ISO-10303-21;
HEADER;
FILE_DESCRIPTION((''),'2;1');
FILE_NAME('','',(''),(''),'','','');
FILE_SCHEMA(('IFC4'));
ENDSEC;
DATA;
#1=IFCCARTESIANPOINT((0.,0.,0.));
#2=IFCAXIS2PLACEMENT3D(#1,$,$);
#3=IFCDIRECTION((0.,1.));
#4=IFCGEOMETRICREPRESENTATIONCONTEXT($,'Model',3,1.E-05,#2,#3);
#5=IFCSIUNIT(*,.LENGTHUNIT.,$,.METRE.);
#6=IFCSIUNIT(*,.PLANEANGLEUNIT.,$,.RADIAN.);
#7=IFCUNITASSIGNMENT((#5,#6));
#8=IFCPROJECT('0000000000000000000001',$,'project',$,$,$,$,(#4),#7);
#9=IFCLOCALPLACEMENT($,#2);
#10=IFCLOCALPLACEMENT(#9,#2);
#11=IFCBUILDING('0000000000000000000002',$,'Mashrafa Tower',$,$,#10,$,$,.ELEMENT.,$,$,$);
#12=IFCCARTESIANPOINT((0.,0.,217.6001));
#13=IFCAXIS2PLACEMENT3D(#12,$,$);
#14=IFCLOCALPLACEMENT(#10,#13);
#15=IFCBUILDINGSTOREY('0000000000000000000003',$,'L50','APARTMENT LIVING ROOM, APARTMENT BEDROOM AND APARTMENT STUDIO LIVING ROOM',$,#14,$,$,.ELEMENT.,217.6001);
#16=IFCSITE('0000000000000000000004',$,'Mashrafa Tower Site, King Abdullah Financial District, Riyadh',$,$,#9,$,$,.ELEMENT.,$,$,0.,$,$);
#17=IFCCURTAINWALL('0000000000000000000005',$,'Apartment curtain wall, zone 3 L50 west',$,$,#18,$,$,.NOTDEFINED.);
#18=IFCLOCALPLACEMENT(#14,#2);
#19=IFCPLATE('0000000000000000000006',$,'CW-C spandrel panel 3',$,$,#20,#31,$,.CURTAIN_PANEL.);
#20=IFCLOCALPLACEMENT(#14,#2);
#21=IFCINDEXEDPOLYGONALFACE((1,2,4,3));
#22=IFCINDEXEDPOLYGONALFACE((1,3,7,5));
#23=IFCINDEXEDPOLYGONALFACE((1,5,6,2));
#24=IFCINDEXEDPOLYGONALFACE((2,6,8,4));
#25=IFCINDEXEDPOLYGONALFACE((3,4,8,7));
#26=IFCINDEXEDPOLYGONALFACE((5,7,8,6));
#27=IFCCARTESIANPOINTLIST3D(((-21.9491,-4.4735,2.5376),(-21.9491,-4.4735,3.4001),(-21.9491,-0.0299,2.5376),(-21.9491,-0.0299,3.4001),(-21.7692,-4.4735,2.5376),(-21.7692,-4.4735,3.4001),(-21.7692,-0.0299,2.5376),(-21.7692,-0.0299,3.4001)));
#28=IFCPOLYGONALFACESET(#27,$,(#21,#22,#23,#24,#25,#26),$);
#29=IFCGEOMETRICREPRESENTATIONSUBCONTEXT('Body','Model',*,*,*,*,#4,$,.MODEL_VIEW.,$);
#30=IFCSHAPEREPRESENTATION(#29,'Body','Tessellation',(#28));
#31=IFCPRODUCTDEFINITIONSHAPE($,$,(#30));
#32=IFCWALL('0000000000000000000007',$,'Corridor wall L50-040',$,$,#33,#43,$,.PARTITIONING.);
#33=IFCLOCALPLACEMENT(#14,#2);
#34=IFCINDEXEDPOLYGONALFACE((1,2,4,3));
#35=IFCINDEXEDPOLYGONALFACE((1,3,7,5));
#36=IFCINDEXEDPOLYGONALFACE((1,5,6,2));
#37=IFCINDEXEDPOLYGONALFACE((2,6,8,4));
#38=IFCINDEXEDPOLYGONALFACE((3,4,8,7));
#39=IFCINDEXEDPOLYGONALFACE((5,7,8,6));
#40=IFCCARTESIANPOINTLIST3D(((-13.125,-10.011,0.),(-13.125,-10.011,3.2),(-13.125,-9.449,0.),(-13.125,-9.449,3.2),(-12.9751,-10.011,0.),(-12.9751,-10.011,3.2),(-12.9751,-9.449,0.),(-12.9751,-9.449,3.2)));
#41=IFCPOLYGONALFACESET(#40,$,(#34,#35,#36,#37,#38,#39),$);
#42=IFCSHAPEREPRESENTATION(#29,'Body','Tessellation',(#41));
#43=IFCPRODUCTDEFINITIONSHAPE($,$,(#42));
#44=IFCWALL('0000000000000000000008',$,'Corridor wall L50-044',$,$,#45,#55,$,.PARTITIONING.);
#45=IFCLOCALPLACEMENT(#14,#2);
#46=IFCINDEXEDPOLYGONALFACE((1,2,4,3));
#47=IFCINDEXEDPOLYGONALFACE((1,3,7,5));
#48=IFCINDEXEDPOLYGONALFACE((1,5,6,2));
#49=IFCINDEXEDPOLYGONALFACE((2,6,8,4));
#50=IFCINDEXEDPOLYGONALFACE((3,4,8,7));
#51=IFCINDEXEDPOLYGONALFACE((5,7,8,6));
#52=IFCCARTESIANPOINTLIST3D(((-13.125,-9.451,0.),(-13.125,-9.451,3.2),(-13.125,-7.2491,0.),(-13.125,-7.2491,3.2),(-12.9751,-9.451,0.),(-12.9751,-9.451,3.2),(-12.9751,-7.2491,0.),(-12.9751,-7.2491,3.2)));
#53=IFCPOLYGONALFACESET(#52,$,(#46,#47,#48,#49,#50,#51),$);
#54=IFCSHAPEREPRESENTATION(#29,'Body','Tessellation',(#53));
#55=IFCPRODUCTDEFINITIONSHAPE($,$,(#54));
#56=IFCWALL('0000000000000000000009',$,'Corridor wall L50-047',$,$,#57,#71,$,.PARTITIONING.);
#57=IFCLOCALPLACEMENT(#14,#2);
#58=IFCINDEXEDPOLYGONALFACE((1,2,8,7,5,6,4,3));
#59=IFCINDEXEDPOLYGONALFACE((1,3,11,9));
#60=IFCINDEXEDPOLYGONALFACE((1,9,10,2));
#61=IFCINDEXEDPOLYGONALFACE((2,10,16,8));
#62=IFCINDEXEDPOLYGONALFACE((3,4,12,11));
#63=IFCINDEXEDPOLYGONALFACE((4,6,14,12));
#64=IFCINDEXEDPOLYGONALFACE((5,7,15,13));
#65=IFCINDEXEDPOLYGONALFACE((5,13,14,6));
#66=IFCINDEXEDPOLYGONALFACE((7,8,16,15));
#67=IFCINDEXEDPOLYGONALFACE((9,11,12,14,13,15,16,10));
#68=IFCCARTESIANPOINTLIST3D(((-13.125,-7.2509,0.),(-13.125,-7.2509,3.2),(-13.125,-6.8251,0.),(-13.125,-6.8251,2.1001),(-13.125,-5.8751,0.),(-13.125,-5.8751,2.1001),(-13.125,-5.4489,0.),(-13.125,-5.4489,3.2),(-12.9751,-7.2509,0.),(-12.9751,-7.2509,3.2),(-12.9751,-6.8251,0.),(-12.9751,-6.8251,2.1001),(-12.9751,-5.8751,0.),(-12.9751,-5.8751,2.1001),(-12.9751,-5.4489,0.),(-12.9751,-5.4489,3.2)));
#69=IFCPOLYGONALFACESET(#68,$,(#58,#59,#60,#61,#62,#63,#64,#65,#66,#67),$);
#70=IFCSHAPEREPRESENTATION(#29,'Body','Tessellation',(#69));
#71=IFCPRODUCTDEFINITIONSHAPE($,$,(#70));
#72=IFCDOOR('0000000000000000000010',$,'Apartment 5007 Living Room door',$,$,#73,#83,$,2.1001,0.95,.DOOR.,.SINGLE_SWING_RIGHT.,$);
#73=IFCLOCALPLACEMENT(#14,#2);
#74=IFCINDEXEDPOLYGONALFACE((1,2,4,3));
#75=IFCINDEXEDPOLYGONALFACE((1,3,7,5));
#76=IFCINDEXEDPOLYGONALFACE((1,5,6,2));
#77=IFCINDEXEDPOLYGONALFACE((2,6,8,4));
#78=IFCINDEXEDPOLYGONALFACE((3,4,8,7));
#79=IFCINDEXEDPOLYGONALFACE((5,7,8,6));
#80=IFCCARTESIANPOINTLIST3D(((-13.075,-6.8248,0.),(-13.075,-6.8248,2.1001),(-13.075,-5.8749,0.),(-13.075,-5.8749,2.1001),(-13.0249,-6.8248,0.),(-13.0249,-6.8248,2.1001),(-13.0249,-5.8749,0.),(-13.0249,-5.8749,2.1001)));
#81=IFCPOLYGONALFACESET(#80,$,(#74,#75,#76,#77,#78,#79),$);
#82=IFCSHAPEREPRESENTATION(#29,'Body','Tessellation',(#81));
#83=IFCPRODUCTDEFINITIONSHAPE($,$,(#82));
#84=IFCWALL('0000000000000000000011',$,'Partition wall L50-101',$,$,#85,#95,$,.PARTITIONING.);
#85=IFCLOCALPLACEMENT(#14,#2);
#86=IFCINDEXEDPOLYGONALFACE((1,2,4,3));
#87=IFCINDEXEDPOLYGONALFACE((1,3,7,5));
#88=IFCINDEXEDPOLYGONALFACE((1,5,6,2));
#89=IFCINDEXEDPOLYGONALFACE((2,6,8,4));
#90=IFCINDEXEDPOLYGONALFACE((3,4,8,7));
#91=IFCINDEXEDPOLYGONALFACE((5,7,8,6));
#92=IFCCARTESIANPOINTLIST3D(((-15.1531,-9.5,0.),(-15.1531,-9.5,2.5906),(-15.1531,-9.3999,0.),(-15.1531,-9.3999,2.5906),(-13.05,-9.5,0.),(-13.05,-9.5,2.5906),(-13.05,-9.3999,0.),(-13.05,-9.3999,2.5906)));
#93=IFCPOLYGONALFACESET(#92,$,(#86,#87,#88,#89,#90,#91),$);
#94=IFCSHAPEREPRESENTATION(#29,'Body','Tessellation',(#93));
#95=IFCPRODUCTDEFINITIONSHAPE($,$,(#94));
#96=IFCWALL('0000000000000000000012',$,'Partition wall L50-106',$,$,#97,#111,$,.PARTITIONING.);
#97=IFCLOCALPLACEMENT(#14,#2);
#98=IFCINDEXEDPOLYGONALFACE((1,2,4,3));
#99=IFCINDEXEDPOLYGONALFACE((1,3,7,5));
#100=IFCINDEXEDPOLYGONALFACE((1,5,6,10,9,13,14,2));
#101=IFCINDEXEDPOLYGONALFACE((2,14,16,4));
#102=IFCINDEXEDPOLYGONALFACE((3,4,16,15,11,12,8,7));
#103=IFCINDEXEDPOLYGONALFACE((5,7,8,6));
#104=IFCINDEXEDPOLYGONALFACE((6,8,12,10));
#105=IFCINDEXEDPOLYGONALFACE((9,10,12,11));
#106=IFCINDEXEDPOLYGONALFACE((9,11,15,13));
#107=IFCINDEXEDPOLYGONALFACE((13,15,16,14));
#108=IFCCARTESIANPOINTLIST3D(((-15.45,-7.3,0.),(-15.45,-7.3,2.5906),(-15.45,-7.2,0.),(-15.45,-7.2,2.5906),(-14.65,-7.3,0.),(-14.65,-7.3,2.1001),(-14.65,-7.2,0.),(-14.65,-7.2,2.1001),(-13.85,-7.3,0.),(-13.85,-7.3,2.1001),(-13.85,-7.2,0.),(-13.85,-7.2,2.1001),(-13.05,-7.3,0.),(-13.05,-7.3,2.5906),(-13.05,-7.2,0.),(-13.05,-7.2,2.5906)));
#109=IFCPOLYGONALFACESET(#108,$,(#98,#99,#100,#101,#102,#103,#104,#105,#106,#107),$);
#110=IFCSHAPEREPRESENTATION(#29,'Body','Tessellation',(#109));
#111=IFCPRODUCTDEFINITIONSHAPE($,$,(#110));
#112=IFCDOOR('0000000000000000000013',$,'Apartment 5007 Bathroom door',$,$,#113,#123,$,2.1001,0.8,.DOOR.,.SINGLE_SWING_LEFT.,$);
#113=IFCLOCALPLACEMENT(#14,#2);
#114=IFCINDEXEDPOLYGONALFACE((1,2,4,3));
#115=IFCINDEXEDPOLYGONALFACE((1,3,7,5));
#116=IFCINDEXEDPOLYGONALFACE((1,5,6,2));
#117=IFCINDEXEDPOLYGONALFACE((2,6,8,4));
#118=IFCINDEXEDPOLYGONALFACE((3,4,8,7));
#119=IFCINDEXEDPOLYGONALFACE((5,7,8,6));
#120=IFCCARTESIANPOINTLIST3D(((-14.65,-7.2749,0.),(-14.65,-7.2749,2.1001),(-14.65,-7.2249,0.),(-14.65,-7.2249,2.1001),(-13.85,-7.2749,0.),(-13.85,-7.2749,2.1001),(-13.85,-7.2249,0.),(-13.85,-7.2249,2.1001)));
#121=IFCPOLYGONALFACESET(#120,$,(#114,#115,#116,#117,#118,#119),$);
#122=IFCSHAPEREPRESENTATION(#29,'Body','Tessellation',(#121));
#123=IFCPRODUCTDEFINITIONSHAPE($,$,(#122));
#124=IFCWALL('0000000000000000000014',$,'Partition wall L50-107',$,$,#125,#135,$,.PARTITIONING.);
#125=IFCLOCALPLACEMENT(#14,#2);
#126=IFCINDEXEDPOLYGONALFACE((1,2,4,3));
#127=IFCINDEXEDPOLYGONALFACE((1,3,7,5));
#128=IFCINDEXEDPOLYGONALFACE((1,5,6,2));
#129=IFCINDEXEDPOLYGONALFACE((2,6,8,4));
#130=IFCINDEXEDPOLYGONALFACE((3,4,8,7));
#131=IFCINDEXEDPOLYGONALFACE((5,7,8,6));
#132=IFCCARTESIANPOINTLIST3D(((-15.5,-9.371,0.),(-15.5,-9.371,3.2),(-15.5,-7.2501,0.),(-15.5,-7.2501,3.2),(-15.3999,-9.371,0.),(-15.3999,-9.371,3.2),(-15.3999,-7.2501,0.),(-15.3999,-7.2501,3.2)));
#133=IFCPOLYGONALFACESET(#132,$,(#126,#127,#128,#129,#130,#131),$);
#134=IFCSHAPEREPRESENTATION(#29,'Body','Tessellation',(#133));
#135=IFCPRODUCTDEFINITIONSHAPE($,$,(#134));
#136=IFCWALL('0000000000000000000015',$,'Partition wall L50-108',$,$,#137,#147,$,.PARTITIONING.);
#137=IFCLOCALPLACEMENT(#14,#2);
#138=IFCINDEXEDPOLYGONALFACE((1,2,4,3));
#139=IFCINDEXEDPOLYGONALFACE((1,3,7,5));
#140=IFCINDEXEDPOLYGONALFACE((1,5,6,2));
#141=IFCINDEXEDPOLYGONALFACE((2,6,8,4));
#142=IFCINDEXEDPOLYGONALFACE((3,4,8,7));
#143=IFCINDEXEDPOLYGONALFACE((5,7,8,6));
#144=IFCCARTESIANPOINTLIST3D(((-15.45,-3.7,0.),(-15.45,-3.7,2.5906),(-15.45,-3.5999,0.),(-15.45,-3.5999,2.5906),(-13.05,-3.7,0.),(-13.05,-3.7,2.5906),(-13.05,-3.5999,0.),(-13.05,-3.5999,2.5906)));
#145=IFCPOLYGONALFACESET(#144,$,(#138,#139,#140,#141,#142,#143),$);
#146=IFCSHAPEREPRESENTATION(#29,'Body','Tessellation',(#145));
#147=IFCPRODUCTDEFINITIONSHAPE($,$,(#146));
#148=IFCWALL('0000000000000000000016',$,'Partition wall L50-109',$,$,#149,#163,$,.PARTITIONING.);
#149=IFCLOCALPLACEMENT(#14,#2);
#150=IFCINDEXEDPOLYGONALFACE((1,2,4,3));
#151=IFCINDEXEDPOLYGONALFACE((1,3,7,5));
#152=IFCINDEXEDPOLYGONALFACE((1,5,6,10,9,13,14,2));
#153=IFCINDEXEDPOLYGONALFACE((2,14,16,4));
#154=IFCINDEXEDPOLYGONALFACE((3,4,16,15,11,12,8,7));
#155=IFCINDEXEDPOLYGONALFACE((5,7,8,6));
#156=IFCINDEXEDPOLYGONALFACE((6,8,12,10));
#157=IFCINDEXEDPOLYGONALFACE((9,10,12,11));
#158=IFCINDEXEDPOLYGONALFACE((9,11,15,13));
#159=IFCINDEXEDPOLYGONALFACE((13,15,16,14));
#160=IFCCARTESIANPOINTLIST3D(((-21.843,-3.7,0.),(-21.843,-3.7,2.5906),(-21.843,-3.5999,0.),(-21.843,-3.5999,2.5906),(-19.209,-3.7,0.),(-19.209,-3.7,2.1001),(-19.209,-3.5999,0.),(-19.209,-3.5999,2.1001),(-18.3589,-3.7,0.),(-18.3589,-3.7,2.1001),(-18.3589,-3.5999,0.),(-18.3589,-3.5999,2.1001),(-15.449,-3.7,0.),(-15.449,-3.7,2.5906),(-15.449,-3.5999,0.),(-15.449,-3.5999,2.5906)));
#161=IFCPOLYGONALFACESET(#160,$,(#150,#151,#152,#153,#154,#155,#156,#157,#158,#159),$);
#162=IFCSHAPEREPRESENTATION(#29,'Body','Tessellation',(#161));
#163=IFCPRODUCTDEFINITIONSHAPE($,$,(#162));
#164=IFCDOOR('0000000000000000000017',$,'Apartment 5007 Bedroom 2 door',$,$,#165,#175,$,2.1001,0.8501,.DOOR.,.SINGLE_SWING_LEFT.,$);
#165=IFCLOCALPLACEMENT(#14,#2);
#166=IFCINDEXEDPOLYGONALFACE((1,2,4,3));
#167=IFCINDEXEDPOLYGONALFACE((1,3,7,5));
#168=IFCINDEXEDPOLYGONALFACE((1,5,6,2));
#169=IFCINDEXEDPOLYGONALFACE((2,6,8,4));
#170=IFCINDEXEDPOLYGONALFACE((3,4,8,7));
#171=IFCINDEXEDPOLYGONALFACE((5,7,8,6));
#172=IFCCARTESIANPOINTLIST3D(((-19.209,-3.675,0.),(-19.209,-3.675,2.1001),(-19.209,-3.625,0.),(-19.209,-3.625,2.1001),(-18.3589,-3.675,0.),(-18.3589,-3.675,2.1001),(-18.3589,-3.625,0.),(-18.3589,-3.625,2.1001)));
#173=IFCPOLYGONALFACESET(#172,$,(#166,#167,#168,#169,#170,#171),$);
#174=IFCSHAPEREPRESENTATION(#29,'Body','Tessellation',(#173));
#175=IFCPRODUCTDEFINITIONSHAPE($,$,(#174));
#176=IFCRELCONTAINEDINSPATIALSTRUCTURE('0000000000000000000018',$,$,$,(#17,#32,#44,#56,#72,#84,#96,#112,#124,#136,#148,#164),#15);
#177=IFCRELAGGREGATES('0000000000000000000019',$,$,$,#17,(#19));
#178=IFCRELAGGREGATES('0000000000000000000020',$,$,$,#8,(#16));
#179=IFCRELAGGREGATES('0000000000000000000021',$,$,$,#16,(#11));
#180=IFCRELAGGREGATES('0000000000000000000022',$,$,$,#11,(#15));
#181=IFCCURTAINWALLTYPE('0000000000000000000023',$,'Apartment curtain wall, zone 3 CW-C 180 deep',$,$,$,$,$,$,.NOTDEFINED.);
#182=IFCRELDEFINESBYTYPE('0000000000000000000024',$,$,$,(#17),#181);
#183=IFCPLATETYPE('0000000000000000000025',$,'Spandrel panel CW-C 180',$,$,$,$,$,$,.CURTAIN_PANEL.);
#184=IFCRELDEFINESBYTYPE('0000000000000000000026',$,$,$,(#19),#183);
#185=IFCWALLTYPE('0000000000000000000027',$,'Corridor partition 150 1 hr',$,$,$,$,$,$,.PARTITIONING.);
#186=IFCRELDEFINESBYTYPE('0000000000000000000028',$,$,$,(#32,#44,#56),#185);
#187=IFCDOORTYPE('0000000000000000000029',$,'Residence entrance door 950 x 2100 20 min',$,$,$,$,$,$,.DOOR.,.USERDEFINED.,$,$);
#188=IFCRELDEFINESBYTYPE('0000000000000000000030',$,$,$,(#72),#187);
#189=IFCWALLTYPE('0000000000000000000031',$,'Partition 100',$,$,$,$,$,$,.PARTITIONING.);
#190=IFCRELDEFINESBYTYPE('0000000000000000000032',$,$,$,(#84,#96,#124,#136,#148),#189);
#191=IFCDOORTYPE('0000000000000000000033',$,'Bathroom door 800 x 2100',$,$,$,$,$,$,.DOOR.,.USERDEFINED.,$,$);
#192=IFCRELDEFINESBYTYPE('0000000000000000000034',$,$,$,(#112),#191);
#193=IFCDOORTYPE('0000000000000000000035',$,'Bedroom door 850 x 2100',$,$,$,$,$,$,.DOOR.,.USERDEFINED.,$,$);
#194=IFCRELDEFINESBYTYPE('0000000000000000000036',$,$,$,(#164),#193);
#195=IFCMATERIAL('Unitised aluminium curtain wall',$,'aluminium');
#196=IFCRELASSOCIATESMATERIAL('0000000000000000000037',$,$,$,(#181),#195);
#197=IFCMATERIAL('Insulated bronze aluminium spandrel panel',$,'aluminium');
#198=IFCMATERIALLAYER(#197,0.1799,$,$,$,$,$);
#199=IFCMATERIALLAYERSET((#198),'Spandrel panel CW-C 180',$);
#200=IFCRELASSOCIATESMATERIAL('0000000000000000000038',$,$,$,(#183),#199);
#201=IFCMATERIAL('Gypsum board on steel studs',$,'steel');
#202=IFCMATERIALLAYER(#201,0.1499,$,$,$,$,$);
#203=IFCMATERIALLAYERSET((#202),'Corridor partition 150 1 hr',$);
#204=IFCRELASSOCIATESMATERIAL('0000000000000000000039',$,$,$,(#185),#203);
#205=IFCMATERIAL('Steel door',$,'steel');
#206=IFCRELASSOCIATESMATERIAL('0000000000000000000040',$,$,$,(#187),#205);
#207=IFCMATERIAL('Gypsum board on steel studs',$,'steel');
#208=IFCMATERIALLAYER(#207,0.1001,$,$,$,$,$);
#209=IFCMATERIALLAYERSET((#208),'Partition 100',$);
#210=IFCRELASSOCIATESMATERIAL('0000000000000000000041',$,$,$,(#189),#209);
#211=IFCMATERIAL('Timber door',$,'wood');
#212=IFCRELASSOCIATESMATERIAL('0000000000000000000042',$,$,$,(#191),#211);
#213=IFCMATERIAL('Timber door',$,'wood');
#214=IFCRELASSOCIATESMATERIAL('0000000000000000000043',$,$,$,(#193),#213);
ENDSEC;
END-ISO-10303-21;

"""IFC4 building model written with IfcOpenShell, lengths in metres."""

from ifc_helpers import new_model, si_unit, direction, frame, frame_2d, origin, origin_2d, place, context, subcontext, project, spatial, rectangle, extrude, source, transform, mapped, material, layer, layer_set, type_object, element, fill, aggregate, save


model = new_model("IFC4")

# Units and contexts
model_context = context("Model", 3, precision=1e-05, world=origin(), true_north=direction((0.0, 1.0)))
body_context = subcontext(model_context, "Body", "Model", "MODEL_VIEW")
ifc_project = project(units=[si_unit("LENGTHUNIT", "METRE"), si_unit("PLANEANGLEUNIT", "RADIAN")], contexts=[model_context])

# Site, building, storey
site_placement = place(None, origin())
site = spatial("IfcSite", under=ifc_project, at=site_placement, Name="Mashrafa Tower Site, King Abdullah Financial District, Riyadh", CompositionType="ELEMENT", RefElevation=0.0)
building_placement = place(site_placement, origin())
building = spatial("IfcBuilding", under=site, at=building_placement, Name="Mashrafa Tower", CompositionType="ELEMENT")
storey_placement = place(building_placement, frame((0.0, 0.0, 217.6001)))
storey = spatial("IfcBuildingStorey", under=building, at=storey_placement, Name="L50", Description="APARTMENT LIVING ROOM, APARTMENT BEDROOM AND APARTMENT STUDIO LIVING ROOM", CompositionType="ELEMENT", Elevation=217.6001)

# Curtain wall
ifc_material_1 = material(Name="Unitised aluminium curtain wall", Category="aluminium")
curtain_wall_type = type_object("IfcCurtainWallType", Name="Apartment curtain wall, zone 3 CW-C 180 deep", PredefinedType="NOTDEFINED", material=ifc_material_1)
curtain_wall_1_placement = place(storey_placement, origin())
curtain_wall_1 = element("IfcCurtainWall", 1, at=curtain_wall_1_placement, inside=storey, type_object=curtain_wall_type, Name="Apartment curtain wall, zone 3 L50 west", PredefinedType="NOTDEFINED")

# Plate
ifc_material_2 = material(Name="Insulated bronze aluminium spandrel panel", Category="aluminium")
ifc_layer_1 = layer(ifc_material_2, 0.1799)
ifc_layer_set_1 = layer_set([ifc_layer_1], Name="Spandrel panel CW-C 180")
plate_type_1 = type_object("IfcPlateType", Name="Spandrel panel CW-C 180", PredefinedType="CURTAIN_PANEL", material=ifc_layer_set_1)
shared_shape_1 = source(origin(), body_context, "Body", "SweptSolid", [
    extrude(rectangle(XDim=4.4436, YDim=0.1799, at=origin_2d()), origin(), (0.0, 0.0, 1.0), 0.8625),
])
plate_1_placement = place(storey_placement, frame((-21.8591, -2.2517, 2.5376), z_axis=(0.0, 0.0, 1.0), x_axis=(0.0, -1.0, 0.0)))
plate_1 = element("IfcPlate", 2, at=plate_1_placement, type_object=plate_type_1, Name="CW-C spandrel panel 3", PredefinedType="CURTAIN_PANEL", context=body_context, shape_type="MappedRepresentation", body=[
    mapped(shared_shape_1, transform((0.0, 0.0, 0.0))),
])
aggregate(curtain_wall_1, [plate_1])

# Walls
ifc_material_3 = material(Name="Gypsum board on steel studs", Category="steel")
ifc_layer_2 = layer(ifc_material_3, 0.1499)
ifc_layer_set_2 = layer_set([ifc_layer_2], Name="Corridor partition 150 1 hr")
wall_type_1 = type_object("IfcWallType", Name="Corridor partition 150 1 hr", PredefinedType="PARTITIONING", material=ifc_layer_set_2)
wall_1_placement = place(storey_placement, frame((-13.05, -9.449, 0.0), z_axis=(0.0, 0.0, 1.0), x_axis=(0.0, -1.0, 0.0)))
element("IfcWall", 3, at=wall_1_placement, inside=storey, type_object=wall_type_1, Name="Corridor wall L50-040", PredefinedType="PARTITIONING", context=body_context, shape_type="SweptSolid", body=[
    extrude(rectangle(XDim=0.562, YDim=0.1499, at=frame_2d((0.281, 0.0))), origin(), (0.0, 0.0, 1.0), 3.2),
])
wall_2_placement = place(storey_placement, frame((-13.05, -7.249, 0.0), z_axis=(0.0, 0.0, 1.0), x_axis=(0.0, -1.0, 0.0)))
element("IfcWall", 4, at=wall_2_placement, inside=storey, type_object=wall_type_1, Name="Corridor wall L50-044", PredefinedType="PARTITIONING", context=body_context, shape_type="SweptSolid", body=[
    extrude(rectangle(XDim=2.2019, YDim=0.1499, at=frame_2d((1.1011, 0.0))), origin(), (0.0, 0.0, 1.0), 3.2),
])

# Wall, opening, door
wall_3_placement = place(storey_placement, frame((-13.05, -5.449, 0.0), z_axis=(0.0, 0.0, 1.0), x_axis=(0.0, -1.0, 0.0)))
wall_3 = element("IfcWall", 5, at=wall_3_placement, inside=storey, type_object=wall_type_1, Name="Corridor wall L50-047", PredefinedType="PARTITIONING", context=body_context, shape_type="SweptSolid", body=[
    extrude(rectangle(XDim=1.802, YDim=0.1499, at=frame_2d((0.9009, 0.0))), origin(), (0.0, 0.0, 1.0), 3.2),
])
opening_1_placement = place(wall_3_placement, frame((0.426, 0.0, 0.0)))
opening_1 = element("IfcOpeningElement", 6, at=opening_1_placement, cuts=wall_3, PredefinedType="OPENING", context=body_context, shape_type="SweptSolid", body=[
    extrude(rectangle(XDim=0.95, YDim=2.1001, at=frame_2d((0.4751, 1.05))), frame((0.0, 0.085, 0.0), z_axis=(0.0, -1.0, 0.0), x_axis=(1.0, 0.0, 0.0)), (0.0, 0.0, 1.0), 0.1699),
])
ifc_material_4 = material(Name="Steel door", Category="steel")
door_type_1 = type_object("IfcDoorType", Name="Residence entrance door 950 x 2100 20 min", OperationType="USERDEFINED", PredefinedType="DOOR", material=ifc_material_4)
door_1_placement = place(opening_1_placement, frame((0.95, 0.0, 0.0), z_axis=(0.0, 0.0, 1.0), x_axis=(-1.0, 0.0, 0.0)))
door_1 = element("IfcDoor", 7, at=door_1_placement, inside=storey, type_object=door_type_1, Name="Apartment 5007 Living Room door", OperationType="SINGLE_SWING_RIGHT", OverallHeight=2.1001, OverallWidth=0.95, PredefinedType="DOOR", context=body_context, shape_type="SweptSolid", body=[
    extrude(rectangle(XDim=0.95, YDim=2.1001, at=frame_2d((0.4751, 1.05))), frame((0.0, 0.0249, 0.0), z_axis=(0.0, -1.0, 0.0), x_axis=(1.0, 0.0, 0.0)), (0.0, 0.0, 1.0), 0.05),
])
fill(opening_1, door_1)

# Wall
ifc_material_5 = material(Name="Gypsum board on steel studs", Category="steel")
ifc_layer_3 = layer(ifc_material_5, 0.1001)
ifc_layer_set_3 = layer_set([ifc_layer_3], Name="Partition 100")
wall_type_2 = type_object("IfcWallType", Name="Partition 100", PredefinedType="PARTITIONING", material=ifc_layer_set_3)
wall_4_placement = place(storey_placement, frame((-13.05, -9.45, 0.0), z_axis=(0.0, 0.0, 1.0), x_axis=(-1.0, 0.0, 0.0)))
element("IfcWall", 8, at=wall_4_placement, inside=storey, type_object=wall_type_2, Name="Partition wall L50-101", PredefinedType="PARTITIONING", context=body_context, shape_type="SweptSolid", body=[
    extrude(rectangle(XDim=2.103, YDim=0.1001, at=frame_2d((1.0515, 0.0))), origin(), (0.0, 0.0, 1.0), 2.5906),
])

# Wall, opening, door
wall_5_placement = place(storey_placement, frame((-13.05, -7.25, 0.0), z_axis=(0.0, 0.0, 1.0), x_axis=(-1.0, 0.0, 0.0)))
wall_5 = element("IfcWall", 9, at=wall_5_placement, inside=storey, type_object=wall_type_2, Name="Partition wall L50-106", PredefinedType="PARTITIONING", context=body_context, shape_type="SweptSolid", body=[
    extrude(rectangle(XDim=2.3999, YDim=0.1001, at=frame_2d((1.2, 0.0))), origin(), (0.0, 0.0, 1.0), 2.5906),
])
opening_2_placement = place(wall_5_placement, frame((0.8, 0.0, 0.0)))
opening_2 = element("IfcOpeningElement", 10, at=opening_2_placement, cuts=wall_5, PredefinedType="OPENING", context=body_context, shape_type="SweptSolid", body=[
    extrude(rectangle(XDim=0.8, YDim=2.1001, at=frame_2d((0.3999, 1.05))), frame((0.0, 0.0601, 0.0), z_axis=(0.0, -1.0, 0.0), x_axis=(1.0, 0.0, 0.0)), (0.0, 0.0, 1.0), 0.1201),
])
ifc_material_6 = material(Name="Timber door", Category="wood")
door_type_2 = type_object("IfcDoorType", Name="Bathroom door 800 x 2100", OperationType="USERDEFINED", PredefinedType="DOOR", material=ifc_material_6)
door_2_placement = place(opening_2_placement, origin())
door_2 = element("IfcDoor", 11, at=door_2_placement, inside=storey, type_object=door_type_2, Name="Apartment 5007 Bathroom door", OperationType="SINGLE_SWING_LEFT", OverallHeight=2.1001, OverallWidth=0.8, PredefinedType="DOOR", context=body_context, shape_type="SweptSolid", body=[
    extrude(rectangle(XDim=0.8, YDim=2.1001, at=frame_2d((0.3999, 1.05))), frame((0.0, 0.0249, 0.0), z_axis=(0.0, -1.0, 0.0), x_axis=(1.0, 0.0, 0.0)), (0.0, 0.0, 1.0), 0.05),
])
fill(opening_2, door_2)

# Walls
wall_6_placement = place(storey_placement, frame((-15.45, -7.25, 0.0), z_axis=(0.0, 0.0, 1.0), x_axis=(0.0, -1.0, 0.0)))
element("IfcWall", 12, at=wall_6_placement, inside=storey, type_object=wall_type_2, Name="Partition wall L50-107", PredefinedType="PARTITIONING", context=body_context, shape_type="SweptSolid", body=[
    extrude(rectangle(XDim=2.1208, YDim=0.1001, at=frame_2d((1.0605, 0.0))), origin(), (0.0, 0.0, 1.0), 3.2),
])
wall_7_placement = place(storey_placement, frame((-13.05, -3.6499, 0.0), z_axis=(0.0, 0.0, 1.0), x_axis=(-1.0, 0.0, 0.0)))
element("IfcWall", 13, at=wall_7_placement, inside=storey, type_object=wall_type_2, Name="Partition wall L50-108", PredefinedType="PARTITIONING", context=body_context, shape_type="SweptSolid", body=[
    extrude(rectangle(XDim=2.3999, YDim=0.1001, at=frame_2d((1.2, 0.0))), origin(), (0.0, 0.0, 1.0), 2.5906),
])

# Wall, opening, door
wall_8_placement = place(storey_placement, frame((-21.843, -3.6499, 0.0), z_axis=(0.0, 0.0, 1.0), x_axis=(1.0, 0.0, 0.0)))
wall_8 = element("IfcWall", 14, at=wall_8_placement, inside=storey, type_object=wall_type_2, Name="Partition wall L50-109", PredefinedType="PARTITIONING", context=body_context, shape_type="SweptSolid", body=[
    extrude(rectangle(XDim=6.394, YDim=0.1001, at=frame_2d((3.197, 0.0))), origin(), (0.0, 0.0, 1.0), 2.5906),
])
opening_3_placement = place(wall_8_placement, frame((2.634, 0.0, 0.0)))
opening_3 = element("IfcOpeningElement", 15, at=opening_3_placement, cuts=wall_8, PredefinedType="OPENING", context=body_context, shape_type="SweptSolid", body=[
    extrude(rectangle(XDim=0.8501, YDim=2.1001, at=frame_2d((0.425, 1.05))), frame((0.0, 0.0601, 0.0), z_axis=(0.0, -1.0, 0.0), x_axis=(1.0, 0.0, 0.0)), (0.0, 0.0, 1.0), 0.1201),
])
ifc_material_7 = material(Name="Timber door", Category="wood")
door_type_3 = type_object("IfcDoorType", Name="Bedroom door 850 x 2100", OperationType="USERDEFINED", PredefinedType="DOOR", material=ifc_material_7)
door_3_placement = place(opening_3_placement, origin())
door_3 = element("IfcDoor", 16, at=door_3_placement, inside=storey, type_object=door_type_3, Name="Apartment 5007 Bedroom 2 door", OperationType="SINGLE_SWING_LEFT", OverallHeight=2.1001, OverallWidth=0.8501, PredefinedType="DOOR", context=body_context, shape_type="SweptSolid", body=[
    extrude(rectangle(XDim=0.8501, YDim=2.1001, at=frame_2d((0.425, 1.05))), frame((0.0, 0.0249, 0.0), z_axis=(0.0, -1.0, 0.0), x_axis=(1.0, 0.0, 0.0)), (0.0, 0.0, 1.0), 0.05),
])
fill(opening_3, door_3)

save(model, "model.ifc")
